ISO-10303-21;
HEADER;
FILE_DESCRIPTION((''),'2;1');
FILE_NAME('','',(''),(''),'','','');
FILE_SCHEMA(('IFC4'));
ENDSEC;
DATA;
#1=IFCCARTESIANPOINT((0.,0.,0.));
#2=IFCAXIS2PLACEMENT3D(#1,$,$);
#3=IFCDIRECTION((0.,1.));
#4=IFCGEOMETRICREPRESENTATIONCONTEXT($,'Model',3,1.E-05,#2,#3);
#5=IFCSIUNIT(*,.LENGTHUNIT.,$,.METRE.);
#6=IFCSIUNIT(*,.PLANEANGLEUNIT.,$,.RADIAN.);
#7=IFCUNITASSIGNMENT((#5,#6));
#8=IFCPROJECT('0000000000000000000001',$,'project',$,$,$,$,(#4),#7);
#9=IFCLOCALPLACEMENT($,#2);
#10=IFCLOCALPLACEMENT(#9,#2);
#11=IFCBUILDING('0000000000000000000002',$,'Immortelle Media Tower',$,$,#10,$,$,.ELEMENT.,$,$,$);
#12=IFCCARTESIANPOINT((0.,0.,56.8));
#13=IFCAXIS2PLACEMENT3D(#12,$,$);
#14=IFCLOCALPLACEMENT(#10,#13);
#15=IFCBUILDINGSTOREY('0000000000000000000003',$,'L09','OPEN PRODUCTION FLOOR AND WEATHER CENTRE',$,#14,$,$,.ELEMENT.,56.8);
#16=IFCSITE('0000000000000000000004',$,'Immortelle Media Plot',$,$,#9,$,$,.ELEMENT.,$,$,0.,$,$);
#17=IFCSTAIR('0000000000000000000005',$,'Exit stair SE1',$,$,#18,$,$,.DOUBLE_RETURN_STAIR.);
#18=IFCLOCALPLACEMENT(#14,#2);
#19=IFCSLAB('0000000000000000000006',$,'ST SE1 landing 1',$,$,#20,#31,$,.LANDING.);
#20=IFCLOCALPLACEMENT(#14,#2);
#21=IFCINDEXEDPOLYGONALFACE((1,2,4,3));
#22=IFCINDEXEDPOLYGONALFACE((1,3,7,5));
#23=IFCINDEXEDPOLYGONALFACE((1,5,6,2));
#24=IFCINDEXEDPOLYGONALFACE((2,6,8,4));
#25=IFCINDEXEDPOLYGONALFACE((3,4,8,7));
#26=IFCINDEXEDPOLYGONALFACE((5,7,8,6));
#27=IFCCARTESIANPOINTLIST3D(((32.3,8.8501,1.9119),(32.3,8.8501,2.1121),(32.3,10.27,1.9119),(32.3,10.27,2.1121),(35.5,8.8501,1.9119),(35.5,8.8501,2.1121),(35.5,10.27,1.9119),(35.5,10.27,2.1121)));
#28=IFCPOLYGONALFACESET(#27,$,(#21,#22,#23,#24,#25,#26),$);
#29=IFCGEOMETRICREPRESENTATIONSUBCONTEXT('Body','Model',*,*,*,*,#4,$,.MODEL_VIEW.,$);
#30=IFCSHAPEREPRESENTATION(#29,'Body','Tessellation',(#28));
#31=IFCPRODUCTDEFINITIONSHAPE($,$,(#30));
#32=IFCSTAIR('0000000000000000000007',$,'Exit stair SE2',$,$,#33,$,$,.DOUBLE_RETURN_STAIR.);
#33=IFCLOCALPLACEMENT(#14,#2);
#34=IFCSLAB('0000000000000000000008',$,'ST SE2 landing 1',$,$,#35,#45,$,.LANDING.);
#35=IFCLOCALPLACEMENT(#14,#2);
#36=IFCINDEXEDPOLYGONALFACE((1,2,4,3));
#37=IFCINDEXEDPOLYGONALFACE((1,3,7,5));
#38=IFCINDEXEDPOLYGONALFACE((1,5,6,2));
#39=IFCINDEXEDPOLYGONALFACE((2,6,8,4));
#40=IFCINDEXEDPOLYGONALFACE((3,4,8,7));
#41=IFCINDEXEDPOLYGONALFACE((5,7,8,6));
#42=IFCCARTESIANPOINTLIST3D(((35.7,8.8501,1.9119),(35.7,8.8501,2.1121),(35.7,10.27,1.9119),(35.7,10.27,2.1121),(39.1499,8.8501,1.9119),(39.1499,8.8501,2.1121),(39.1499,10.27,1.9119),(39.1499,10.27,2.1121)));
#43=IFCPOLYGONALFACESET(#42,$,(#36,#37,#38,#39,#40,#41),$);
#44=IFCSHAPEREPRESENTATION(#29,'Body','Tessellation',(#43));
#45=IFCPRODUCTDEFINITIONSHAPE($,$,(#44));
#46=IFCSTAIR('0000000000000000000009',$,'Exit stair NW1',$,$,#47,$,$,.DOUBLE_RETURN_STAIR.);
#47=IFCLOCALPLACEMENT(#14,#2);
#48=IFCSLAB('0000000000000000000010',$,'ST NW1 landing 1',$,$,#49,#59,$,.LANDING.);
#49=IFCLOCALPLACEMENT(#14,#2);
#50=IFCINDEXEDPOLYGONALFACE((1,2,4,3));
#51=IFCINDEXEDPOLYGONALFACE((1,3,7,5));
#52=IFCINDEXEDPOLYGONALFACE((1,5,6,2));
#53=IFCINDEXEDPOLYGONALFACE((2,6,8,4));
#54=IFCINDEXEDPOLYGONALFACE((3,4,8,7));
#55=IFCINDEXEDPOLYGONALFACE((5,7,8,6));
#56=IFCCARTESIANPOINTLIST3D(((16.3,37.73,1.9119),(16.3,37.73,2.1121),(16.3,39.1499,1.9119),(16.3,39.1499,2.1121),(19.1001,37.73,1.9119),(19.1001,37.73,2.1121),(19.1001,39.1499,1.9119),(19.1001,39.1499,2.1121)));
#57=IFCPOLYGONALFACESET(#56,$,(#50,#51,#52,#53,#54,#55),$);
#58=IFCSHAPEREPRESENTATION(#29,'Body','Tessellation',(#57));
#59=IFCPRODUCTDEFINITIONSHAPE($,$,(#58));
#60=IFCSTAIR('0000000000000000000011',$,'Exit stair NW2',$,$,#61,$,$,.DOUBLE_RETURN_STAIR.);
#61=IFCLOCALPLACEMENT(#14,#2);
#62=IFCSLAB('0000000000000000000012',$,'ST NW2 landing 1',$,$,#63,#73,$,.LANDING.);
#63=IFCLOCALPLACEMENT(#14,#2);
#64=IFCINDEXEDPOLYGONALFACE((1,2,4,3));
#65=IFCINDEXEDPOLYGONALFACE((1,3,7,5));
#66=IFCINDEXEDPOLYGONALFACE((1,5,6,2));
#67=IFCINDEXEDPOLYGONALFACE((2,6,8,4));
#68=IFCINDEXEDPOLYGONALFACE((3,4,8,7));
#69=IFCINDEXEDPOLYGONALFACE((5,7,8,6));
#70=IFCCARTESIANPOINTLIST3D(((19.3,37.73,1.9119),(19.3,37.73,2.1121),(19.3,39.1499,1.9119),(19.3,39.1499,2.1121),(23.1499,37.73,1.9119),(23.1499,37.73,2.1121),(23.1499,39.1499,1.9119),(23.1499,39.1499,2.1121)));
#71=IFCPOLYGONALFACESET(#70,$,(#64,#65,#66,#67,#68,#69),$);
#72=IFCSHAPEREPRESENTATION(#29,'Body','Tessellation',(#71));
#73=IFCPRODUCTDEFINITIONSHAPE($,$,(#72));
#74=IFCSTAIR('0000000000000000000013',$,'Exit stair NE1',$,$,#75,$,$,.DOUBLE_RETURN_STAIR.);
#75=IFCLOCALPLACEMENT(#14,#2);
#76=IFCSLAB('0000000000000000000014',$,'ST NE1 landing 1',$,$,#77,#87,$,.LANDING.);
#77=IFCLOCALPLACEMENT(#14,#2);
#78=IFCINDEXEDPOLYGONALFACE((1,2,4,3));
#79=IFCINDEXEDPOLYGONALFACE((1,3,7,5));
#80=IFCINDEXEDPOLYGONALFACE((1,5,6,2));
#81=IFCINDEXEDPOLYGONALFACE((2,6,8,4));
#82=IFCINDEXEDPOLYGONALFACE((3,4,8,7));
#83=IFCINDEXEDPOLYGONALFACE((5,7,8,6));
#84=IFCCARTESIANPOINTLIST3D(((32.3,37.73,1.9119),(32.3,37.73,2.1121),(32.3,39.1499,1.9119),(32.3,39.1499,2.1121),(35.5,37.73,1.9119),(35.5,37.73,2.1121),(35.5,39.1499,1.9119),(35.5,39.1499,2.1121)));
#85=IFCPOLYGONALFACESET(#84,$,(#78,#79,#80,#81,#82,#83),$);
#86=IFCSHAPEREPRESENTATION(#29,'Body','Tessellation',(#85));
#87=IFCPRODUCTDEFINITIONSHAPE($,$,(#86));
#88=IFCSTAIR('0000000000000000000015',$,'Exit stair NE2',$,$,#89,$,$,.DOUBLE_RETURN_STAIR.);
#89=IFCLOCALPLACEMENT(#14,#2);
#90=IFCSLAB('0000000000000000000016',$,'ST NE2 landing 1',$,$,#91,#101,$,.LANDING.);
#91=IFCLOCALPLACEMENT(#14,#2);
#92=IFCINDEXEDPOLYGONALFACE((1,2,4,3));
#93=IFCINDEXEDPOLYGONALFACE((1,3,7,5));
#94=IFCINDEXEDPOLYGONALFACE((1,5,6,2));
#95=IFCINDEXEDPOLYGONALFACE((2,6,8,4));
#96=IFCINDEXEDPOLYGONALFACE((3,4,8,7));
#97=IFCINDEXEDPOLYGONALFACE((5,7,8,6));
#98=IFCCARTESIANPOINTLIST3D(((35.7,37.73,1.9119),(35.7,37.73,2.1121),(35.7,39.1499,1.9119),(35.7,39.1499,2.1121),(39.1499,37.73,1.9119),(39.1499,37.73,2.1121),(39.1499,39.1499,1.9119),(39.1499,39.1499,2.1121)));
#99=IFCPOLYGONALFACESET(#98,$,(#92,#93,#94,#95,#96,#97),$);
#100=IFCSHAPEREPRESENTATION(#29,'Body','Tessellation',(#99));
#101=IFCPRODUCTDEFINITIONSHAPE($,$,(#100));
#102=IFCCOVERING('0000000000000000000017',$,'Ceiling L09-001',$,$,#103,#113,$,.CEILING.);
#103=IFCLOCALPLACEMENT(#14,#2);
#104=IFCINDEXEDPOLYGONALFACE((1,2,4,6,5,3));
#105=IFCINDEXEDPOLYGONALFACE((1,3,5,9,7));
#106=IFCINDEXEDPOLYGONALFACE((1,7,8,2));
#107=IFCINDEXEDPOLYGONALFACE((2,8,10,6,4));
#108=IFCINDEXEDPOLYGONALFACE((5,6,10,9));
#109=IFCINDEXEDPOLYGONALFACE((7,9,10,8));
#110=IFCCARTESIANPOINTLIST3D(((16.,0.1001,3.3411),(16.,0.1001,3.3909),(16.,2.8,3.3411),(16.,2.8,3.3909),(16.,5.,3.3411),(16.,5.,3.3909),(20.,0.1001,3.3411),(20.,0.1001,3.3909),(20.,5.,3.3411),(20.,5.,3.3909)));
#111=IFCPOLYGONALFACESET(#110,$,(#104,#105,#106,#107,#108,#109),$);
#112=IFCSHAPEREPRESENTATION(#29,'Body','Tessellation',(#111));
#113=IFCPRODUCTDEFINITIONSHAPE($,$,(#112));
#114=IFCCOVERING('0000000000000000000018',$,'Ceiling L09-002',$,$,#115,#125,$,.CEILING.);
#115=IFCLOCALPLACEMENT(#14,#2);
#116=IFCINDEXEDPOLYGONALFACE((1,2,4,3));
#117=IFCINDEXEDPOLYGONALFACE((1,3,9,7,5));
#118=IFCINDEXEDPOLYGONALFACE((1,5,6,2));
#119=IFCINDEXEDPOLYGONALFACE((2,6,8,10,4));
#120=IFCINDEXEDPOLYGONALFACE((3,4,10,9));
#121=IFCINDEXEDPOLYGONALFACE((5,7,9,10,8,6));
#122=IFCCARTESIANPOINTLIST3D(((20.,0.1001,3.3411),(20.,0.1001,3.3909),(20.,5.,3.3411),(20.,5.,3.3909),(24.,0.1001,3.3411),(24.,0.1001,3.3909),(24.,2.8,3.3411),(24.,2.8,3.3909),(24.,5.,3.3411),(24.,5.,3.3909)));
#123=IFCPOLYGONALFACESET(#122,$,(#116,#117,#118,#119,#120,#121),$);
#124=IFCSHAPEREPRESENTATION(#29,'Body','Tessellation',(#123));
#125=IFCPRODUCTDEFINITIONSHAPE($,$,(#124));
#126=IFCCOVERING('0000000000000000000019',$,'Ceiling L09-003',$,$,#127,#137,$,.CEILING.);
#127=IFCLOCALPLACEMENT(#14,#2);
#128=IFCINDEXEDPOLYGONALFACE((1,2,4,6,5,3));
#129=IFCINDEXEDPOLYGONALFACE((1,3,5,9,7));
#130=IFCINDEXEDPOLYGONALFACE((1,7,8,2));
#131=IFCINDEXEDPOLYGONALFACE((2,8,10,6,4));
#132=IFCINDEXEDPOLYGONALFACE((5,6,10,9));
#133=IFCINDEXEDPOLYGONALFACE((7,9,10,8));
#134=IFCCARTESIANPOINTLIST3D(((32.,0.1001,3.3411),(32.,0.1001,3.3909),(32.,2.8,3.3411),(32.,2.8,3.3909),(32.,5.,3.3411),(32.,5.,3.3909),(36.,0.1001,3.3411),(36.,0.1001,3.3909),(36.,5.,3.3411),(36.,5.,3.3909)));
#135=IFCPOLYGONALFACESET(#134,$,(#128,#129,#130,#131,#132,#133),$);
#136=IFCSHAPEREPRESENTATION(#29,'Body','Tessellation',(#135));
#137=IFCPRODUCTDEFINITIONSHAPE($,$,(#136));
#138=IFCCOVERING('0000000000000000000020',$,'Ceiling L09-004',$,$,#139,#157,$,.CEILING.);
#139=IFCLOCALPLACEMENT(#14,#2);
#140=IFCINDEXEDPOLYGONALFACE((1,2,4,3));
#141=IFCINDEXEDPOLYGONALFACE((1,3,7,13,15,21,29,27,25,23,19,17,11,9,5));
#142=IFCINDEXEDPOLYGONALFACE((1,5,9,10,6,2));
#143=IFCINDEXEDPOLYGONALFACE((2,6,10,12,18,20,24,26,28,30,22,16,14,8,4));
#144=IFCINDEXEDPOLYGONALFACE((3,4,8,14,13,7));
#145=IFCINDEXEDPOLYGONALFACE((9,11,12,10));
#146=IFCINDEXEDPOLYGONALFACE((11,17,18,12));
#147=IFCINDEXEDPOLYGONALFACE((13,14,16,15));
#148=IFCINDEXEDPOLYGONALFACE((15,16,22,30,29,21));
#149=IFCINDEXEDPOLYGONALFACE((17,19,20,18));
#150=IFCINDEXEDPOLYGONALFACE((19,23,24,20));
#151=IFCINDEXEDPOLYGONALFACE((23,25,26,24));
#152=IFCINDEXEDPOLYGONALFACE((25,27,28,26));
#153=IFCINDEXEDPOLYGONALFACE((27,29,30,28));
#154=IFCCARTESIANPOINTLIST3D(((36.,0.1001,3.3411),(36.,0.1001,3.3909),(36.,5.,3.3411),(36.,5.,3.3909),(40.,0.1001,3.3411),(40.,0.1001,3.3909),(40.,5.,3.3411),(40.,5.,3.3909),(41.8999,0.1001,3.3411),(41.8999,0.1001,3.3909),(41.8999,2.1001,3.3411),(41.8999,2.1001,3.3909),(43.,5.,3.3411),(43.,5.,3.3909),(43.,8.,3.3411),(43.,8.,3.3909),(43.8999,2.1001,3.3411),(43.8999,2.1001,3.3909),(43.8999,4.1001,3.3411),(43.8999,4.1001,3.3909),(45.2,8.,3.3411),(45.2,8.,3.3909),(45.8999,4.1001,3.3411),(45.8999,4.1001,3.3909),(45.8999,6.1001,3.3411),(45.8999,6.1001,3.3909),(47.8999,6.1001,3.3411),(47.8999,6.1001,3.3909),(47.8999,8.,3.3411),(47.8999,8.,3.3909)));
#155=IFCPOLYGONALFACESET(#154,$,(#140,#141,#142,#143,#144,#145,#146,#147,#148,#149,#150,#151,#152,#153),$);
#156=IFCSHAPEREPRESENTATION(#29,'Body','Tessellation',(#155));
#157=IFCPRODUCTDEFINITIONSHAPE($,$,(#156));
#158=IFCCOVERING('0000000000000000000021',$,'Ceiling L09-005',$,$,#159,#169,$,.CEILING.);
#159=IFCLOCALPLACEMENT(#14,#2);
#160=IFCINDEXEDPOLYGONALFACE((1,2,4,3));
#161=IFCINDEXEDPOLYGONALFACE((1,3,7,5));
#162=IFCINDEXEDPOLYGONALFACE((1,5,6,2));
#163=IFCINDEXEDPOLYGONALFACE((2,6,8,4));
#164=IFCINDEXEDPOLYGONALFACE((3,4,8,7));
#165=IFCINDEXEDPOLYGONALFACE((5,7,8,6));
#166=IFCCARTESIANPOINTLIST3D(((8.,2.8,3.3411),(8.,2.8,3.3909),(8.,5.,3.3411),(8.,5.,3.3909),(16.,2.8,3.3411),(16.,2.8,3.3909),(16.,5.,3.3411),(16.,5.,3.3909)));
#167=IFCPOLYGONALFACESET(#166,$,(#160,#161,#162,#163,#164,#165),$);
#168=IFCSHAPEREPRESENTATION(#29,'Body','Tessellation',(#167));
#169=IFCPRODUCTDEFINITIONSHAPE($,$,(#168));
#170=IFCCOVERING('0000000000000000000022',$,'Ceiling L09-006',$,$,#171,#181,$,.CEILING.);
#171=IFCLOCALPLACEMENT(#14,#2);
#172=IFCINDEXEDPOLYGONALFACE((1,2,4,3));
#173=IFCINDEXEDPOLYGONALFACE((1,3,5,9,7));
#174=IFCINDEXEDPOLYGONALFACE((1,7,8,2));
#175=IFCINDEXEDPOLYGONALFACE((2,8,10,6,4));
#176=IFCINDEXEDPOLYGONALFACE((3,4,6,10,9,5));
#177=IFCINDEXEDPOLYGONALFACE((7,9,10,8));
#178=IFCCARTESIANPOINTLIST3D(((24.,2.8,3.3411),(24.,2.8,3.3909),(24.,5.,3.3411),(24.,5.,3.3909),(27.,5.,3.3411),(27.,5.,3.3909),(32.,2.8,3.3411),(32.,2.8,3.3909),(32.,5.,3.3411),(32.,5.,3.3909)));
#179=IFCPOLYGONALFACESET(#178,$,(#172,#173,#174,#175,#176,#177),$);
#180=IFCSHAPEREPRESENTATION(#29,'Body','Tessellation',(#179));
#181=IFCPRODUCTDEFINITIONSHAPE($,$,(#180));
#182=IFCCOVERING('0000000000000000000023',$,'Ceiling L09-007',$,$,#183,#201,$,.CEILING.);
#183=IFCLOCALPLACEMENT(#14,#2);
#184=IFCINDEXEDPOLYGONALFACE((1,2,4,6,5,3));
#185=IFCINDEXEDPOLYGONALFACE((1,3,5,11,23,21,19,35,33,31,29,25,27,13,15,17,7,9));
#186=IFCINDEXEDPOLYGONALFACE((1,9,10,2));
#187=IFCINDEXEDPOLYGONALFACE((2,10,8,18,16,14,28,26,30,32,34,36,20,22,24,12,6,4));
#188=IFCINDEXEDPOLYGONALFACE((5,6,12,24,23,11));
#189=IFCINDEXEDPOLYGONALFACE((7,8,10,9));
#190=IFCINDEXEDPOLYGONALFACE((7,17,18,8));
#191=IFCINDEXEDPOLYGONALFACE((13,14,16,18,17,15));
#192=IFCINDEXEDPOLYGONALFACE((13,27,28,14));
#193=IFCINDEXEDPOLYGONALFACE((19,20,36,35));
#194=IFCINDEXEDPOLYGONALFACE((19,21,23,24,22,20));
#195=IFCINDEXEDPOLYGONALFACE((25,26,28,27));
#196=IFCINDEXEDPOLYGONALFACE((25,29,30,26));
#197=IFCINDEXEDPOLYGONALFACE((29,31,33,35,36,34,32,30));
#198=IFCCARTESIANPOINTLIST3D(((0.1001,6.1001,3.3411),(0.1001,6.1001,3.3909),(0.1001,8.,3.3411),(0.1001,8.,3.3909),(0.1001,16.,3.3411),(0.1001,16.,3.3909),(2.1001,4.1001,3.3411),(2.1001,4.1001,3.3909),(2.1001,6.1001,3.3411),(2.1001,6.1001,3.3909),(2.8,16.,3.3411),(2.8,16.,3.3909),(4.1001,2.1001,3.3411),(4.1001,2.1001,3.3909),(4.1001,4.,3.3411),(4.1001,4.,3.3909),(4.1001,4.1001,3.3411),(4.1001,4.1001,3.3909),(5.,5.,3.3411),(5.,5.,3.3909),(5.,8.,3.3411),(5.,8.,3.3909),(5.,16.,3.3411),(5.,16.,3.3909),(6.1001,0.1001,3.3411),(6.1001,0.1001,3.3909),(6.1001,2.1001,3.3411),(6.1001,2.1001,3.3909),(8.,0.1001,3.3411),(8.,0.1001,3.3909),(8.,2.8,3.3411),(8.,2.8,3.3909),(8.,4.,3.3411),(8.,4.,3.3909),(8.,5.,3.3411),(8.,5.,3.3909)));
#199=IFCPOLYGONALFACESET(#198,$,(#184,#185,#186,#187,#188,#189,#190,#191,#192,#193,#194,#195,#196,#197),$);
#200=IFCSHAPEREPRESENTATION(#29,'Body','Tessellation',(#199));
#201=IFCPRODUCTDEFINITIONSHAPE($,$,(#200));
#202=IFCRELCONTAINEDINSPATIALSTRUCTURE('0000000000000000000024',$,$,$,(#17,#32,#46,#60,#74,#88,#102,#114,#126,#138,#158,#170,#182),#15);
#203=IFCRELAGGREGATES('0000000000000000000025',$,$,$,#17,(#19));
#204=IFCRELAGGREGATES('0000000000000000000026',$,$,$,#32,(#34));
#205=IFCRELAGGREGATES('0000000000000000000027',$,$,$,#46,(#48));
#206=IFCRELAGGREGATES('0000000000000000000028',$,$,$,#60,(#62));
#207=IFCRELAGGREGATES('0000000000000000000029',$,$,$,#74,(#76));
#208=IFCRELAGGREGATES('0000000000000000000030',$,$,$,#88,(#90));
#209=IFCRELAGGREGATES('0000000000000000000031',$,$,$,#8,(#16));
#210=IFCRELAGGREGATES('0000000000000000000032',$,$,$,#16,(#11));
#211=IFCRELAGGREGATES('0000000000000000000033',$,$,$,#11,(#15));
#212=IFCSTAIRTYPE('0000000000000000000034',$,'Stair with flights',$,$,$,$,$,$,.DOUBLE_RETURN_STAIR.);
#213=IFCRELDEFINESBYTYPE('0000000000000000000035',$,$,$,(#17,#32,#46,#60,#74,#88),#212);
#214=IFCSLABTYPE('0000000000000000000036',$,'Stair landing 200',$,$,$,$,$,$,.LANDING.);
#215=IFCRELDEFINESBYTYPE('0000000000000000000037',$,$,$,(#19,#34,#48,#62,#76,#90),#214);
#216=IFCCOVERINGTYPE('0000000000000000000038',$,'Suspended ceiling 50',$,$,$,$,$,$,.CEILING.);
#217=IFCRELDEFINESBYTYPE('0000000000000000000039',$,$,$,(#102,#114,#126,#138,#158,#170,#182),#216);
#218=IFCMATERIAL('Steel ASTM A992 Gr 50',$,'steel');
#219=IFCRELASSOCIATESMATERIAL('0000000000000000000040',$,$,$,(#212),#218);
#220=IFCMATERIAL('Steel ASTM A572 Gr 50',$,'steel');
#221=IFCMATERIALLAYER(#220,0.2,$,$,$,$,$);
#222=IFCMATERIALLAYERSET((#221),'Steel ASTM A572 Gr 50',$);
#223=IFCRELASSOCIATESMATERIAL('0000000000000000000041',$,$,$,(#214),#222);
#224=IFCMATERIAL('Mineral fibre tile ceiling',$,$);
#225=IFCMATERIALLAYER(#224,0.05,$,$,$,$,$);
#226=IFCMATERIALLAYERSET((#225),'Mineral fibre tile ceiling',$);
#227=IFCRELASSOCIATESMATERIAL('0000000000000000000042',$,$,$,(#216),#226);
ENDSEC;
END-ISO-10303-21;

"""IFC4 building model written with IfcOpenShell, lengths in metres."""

from ifc_helpers import new_model, si_unit, direction, frame, origin, place, context, subcontext, project, spatial, polyline, outline, extrude, material, layer, layer_set, type_object, element, aggregate, save


model = new_model("IFC4")

# Units and contexts
model_context = context("Model", 3, precision=1e-05, world=origin(), true_north=direction((0.0, 1.0)))
body_context = subcontext(model_context, "Body", "Model", "MODEL_VIEW")
ifc_project = project(units=[si_unit("LENGTHUNIT", "METRE"), si_unit("PLANEANGLEUNIT", "RADIAN")], contexts=[model_context])

# Site, building, storey
site_placement = place(None, origin())
site = spatial("IfcSite", under=ifc_project, at=site_placement, Name="Immortelle Media Plot", CompositionType="ELEMENT", RefElevation=0.0)
building_placement = place(site_placement, origin())
building = spatial("IfcBuilding", under=site, at=building_placement, Name="Immortelle Media Tower", CompositionType="ELEMENT")
storey_placement = place(building_placement, frame((0.0, 0.0, 56.8)))
storey = spatial("IfcBuildingStorey", under=building, at=storey_placement, Name="L09", Description="OPEN PRODUCTION FLOOR AND WEATHER CENTRE", CompositionType="ELEMENT", Elevation=56.8)

# Stairs, slabs
ifc_material_1 = material(Name="Steel ASTM A992 Gr 50", Category="steel")
stair_type = type_object("IfcStairType", Name="Stair with flights", PredefinedType="DOUBLE_RETURN_STAIR", material=ifc_material_1)
ifc_material_2 = material(Name="Steel ASTM A572 Gr 50", Category="steel")
ifc_layer_1 = layer(ifc_material_2, 0.2)
ifc_layer_set_1 = layer_set([ifc_layer_1], Name="Steel ASTM A572 Gr 50")
slab_type_1 = type_object("IfcSlabType", Name="Stair landing 200", PredefinedType="LANDING", material=ifc_layer_set_1)
stair_1_placement = place(storey_placement, origin())
stair_1 = element("IfcStair", 1, at=stair_1_placement, inside=storey, type_object=stair_type, Name="Exit stair SE1", PredefinedType="DOUBLE_RETURN_STAIR")
slab_1_placement = place(storey_placement, frame((0.0, 0.0, 1.9119)))
slab_1 = element("IfcSlab", 2, at=slab_1_placement, type_object=slab_type_1, Name="ST SE1 landing 1", PredefinedType="LANDING", context=body_context, shape_type="SweptSolid", body=[
    extrude(outline(polyline([(32.3, 8.8501), (35.5, 8.8501), (35.5, 10.27), (32.3, 10.27), (32.3, 8.8501)])), origin(), (0.0, 0.0, 1.0), 0.2002),
])
aggregate(stair_1, [slab_1])
stair_2_placement = place(storey_placement, origin())
stair_2 = element("IfcStair", 3, at=stair_2_placement, inside=storey, type_object=stair_type, Name="Exit stair SE2", PredefinedType="DOUBLE_RETURN_STAIR")
slab_2_placement = place(storey_placement, frame((0.0, 0.0, 1.9119)))
slab_2 = element("IfcSlab", 4, at=slab_2_placement, type_object=slab_type_1, Name="ST SE2 landing 1", PredefinedType="LANDING", context=body_context, shape_type="SweptSolid", body=[
    extrude(outline(polyline([(35.7, 8.8501), (39.1499, 8.8501), (39.1499, 10.27), (35.7, 10.27), (35.7, 8.8501)])), origin(), (0.0, 0.0, 1.0), 0.2002),
])
aggregate(stair_2, [slab_2])
stair_3_placement = place(storey_placement, origin())
stair_3 = element("IfcStair", 5, at=stair_3_placement, inside=storey, type_object=stair_type, Name="Exit stair NW1", PredefinedType="DOUBLE_RETURN_STAIR")
slab_3_placement = place(storey_placement, frame((0.0, 0.0, 1.9119)))
slab_3 = element("IfcSlab", 6, at=slab_3_placement, type_object=slab_type_1, Name="ST NW1 landing 1", PredefinedType="LANDING", context=body_context, shape_type="SweptSolid", body=[
    extrude(outline(polyline([(16.3, 37.73), (19.1001, 37.73), (19.1001, 39.1499), (16.3, 39.1499), (16.3, 37.73)])), origin(), (0.0, 0.0, 1.0), 0.2002),
])
aggregate(stair_3, [slab_3])
stair_4_placement = place(storey_placement, origin())
stair_4 = element("IfcStair", 7, at=stair_4_placement, inside=storey, type_object=stair_type, Name="Exit stair NW2", PredefinedType="DOUBLE_RETURN_STAIR")
slab_4_placement = place(storey_placement, frame((0.0, 0.0, 1.9119)))
slab_4 = element("IfcSlab", 8, at=slab_4_placement, type_object=slab_type_1, Name="ST NW2 landing 1", PredefinedType="LANDING", context=body_context, shape_type="SweptSolid", body=[
    extrude(outline(polyline([(19.3, 37.73), (23.1499, 37.73), (23.1499, 39.1499), (19.3, 39.1499), (19.3, 37.73)])), origin(), (0.0, 0.0, 1.0), 0.2002),
])
aggregate(stair_4, [slab_4])
stair_5_placement = place(storey_placement, origin())
stair_5 = element("IfcStair", 9, at=stair_5_placement, inside=storey, type_object=stair_type, Name="Exit stair NE1", PredefinedType="DOUBLE_RETURN_STAIR")
slab_5_placement = place(storey_placement, frame((0.0, 0.0, 1.9119)))
slab_5 = element("IfcSlab", 10, at=slab_5_placement, type_object=slab_type_1, Name="ST NE1 landing 1", PredefinedType="LANDING", context=body_context, shape_type="SweptSolid", body=[
    extrude(outline(polyline([(32.3, 37.73), (35.5, 37.73), (35.5, 39.1499), (32.3, 39.1499), (32.3, 37.73)])), origin(), (0.0, 0.0, 1.0), 0.2002),
])
aggregate(stair_5, [slab_5])
stair_6_placement = place(storey_placement, origin())
stair_6 = element("IfcStair", 11, at=stair_6_placement, inside=storey, type_object=stair_type, Name="Exit stair NE2", PredefinedType="DOUBLE_RETURN_STAIR")
slab_6_placement = place(storey_placement, frame((0.0, 0.0, 1.9119)))
slab_6 = element("IfcSlab", 12, at=slab_6_placement, type_object=slab_type_1, Name="ST NE2 landing 1", PredefinedType="LANDING", context=body_context, shape_type="SweptSolid", body=[
    extrude(outline(polyline([(35.7, 37.73), (39.1499, 37.73), (39.1499, 39.1499), (35.7, 39.1499), (35.7, 37.73)])), origin(), (0.0, 0.0, 1.0), 0.2002),
])
aggregate(stair_6, [slab_6])

# Coverings
ifc_material_3 = material(Name="Mineral fibre tile ceiling")
ifc_layer_2 = layer(ifc_material_3, 0.05)
ifc_layer_set_2 = layer_set([ifc_layer_2], Name="Mineral fibre tile ceiling")
covering_type = type_object("IfcCoveringType", Name="Suspended ceiling 50", PredefinedType="CEILING", material=ifc_layer_set_2)
covering_1_placement = place(storey_placement, frame((0.0, 0.0, 3.3411)))
element("IfcCovering", 13, at=covering_1_placement, inside=storey, type_object=covering_type, Name="Ceiling L09-001", PredefinedType="CEILING", context=body_context, shape_type="SweptSolid", body=[
    extrude(outline(polyline([(16.0, 2.8), (16.0, 5.0), (20.0, 5.0), (20.0, 0.1001), (16.0, 0.1001), (16.0, 2.8)])), origin(), (0.0, 0.0, 1.0), 0.0498),
])
covering_2_placement = place(storey_placement, frame((0.0, 0.0, 3.3411)))
element("IfcCovering", 14, at=covering_2_placement, inside=storey, type_object=covering_type, Name="Ceiling L09-002", PredefinedType="CEILING", context=body_context, shape_type="SweptSolid", body=[
    extrude(outline(polyline([(24.0, 5.0), (24.0, 2.8), (24.0, 0.1001), (20.0, 0.1001), (20.0, 5.0), (24.0, 5.0)])), origin(), (0.0, 0.0, 1.0), 0.0498),
])
covering_3_placement = place(storey_placement, frame((0.0, 0.0, 3.3411)))
element("IfcCovering", 15, at=covering_3_placement, inside=storey, type_object=covering_type, Name="Ceiling L09-003", PredefinedType="CEILING", context=body_context, shape_type="SweptSolid", body=[
    extrude(outline(polyline([(32.0, 5.0), (36.0, 5.0), (36.0, 0.1001), (32.0, 0.1001), (32.0, 2.8), (32.0, 5.0)])), origin(), (0.0, 0.0, 1.0), 0.0498),
])
covering_4_placement = place(storey_placement, frame((0.0, 0.0, 3.3411)))
element("IfcCovering", 16, at=covering_4_placement, inside=storey, type_object=covering_type, Name="Ceiling L09-004", PredefinedType="CEILING", context=body_context, shape_type="SweptSolid", body=[
    extrude(outline(polyline([(40.0, 5.0), (43.0, 5.0), (43.0, 8.0), (45.2, 8.0), (47.8999, 8.0), (47.8999, 6.1001), (45.8999, 6.1001), (45.8999, 4.1001), (43.8999, 4.1001), (43.8999, 2.1001), (41.8999, 2.1001), (41.8999, 0.1001), (40.0, 0.1001), (36.0, 0.1001), (36.0, 5.0), (40.0, 5.0)])), origin(), (0.0, 0.0, 1.0), 0.0498),
])
covering_5_placement = place(storey_placement, frame((0.0, 0.0, 3.3411)))
element("IfcCovering", 17, at=covering_5_placement, inside=storey, type_object=covering_type, Name="Ceiling L09-005", PredefinedType="CEILING", context=body_context, shape_type="SweptSolid", body=[
    extrude(outline(polyline([(8.0, 2.8), (8.0, 5.0), (16.0, 5.0), (16.0, 2.8), (8.0, 2.8)])), origin(), (0.0, 0.0, 1.0), 0.0498),
])
covering_6_placement = place(storey_placement, frame((0.0, 0.0, 3.3411)))
element("IfcCovering", 18, at=covering_6_placement, inside=storey, type_object=covering_type, Name="Ceiling L09-006", PredefinedType="CEILING", context=body_context, shape_type="SweptSolid", body=[
    extrude(outline(polyline([(24.0, 2.8), (24.0, 5.0), (27.0, 5.0), (32.0, 5.0), (32.0, 2.8), (24.0, 2.8)])), origin(), (0.0, 0.0, 1.0), 0.0498),
])
covering_7_placement = place(storey_placement, frame((0.0, 0.0, 3.3411)))
element("IfcCovering", 19, at=covering_7_placement, inside=storey, type_object=covering_type, Name="Ceiling L09-007", PredefinedType="CEILING", context=body_context, shape_type="SweptSolid", body=[
    extrude(outline(polyline([(4.1001, 4.0), (4.1001, 4.1001), (2.1001, 4.1001), (2.1001, 6.1001), (0.1001, 6.1001), (0.1001, 8.0), (0.1001, 16.0), (2.8, 16.0), (5.0, 16.0), (5.0, 8.0), (5.0, 5.0), (8.0, 5.0), (8.0, 4.0), (8.0, 2.8), (8.0, 0.1001), (6.1001, 0.1001), (6.1001, 2.1001), (4.1001, 2.1001), (4.1001, 4.0)])), origin(), (0.0, 0.0, 1.0), 0.0498),
])

save(model, "model.ifc")
